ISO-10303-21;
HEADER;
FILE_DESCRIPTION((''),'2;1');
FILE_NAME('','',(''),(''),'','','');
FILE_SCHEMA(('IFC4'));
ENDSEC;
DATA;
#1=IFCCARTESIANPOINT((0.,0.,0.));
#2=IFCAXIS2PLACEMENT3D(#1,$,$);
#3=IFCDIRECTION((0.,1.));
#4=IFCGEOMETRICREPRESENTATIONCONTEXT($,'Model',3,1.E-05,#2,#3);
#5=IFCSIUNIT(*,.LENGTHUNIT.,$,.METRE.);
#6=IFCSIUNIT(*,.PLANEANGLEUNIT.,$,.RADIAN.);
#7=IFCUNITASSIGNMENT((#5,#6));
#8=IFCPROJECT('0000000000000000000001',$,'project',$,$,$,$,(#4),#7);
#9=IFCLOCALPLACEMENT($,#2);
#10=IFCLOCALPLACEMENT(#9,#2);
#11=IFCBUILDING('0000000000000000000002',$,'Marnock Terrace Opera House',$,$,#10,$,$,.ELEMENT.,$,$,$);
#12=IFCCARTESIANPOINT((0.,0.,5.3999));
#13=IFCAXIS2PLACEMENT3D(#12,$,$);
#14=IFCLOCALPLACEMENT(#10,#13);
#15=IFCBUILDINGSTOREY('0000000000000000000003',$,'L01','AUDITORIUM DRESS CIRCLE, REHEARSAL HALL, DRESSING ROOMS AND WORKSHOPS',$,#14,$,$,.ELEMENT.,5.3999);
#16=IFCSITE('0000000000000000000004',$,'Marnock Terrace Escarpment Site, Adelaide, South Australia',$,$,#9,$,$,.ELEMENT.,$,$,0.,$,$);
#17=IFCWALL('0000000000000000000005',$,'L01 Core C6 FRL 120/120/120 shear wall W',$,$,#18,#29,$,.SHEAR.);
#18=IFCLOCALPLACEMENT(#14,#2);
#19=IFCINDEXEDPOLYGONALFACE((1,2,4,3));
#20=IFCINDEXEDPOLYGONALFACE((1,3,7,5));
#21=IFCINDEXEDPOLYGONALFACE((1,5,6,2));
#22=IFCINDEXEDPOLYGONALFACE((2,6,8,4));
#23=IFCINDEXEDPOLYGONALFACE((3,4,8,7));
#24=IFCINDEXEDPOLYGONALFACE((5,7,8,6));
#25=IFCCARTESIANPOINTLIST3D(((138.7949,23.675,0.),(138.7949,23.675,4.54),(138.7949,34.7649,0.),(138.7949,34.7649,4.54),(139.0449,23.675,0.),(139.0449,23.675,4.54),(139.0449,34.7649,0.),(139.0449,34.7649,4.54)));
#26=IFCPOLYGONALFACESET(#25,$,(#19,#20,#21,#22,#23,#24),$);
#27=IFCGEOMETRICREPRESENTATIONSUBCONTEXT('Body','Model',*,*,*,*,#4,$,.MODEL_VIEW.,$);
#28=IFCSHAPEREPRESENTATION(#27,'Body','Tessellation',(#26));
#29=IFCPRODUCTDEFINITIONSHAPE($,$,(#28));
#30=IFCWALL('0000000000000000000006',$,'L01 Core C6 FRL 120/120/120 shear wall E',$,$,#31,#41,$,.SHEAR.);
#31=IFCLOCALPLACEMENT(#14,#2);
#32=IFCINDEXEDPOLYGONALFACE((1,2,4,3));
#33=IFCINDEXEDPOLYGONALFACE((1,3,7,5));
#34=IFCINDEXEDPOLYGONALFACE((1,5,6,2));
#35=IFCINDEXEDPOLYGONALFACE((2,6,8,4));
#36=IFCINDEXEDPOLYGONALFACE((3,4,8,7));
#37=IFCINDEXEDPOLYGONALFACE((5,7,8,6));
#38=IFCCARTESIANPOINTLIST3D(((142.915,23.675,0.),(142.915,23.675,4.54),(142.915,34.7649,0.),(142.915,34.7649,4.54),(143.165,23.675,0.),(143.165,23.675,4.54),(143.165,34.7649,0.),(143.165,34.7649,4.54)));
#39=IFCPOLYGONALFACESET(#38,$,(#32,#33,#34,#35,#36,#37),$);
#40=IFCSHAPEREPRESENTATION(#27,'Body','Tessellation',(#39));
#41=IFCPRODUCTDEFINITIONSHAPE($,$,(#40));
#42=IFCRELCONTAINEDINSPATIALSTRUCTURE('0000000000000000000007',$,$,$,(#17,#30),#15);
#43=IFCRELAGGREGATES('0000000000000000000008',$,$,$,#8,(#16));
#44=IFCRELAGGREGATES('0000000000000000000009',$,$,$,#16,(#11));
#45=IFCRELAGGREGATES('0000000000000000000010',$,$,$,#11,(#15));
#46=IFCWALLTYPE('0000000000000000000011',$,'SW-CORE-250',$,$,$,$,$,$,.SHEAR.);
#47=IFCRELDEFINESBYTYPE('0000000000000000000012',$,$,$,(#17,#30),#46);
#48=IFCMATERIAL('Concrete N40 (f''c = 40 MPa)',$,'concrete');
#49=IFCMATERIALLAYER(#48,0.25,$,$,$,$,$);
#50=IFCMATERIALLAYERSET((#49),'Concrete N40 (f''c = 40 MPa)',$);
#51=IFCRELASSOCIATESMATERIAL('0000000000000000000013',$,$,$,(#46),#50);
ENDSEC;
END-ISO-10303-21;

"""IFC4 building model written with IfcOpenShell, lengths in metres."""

from ifc_helpers import new_model, si_unit, direction, frame, frame_2d, origin, place, context, subcontext, project, spatial, rectangle, extrude, material, layer, layer_set, type_object, element, save


model = new_model("IFC4")

# Units and contexts
model_context = context("Model", 3, precision=1e-05, world=origin(), true_north=direction((0.0, 1.0)))
body_context = subcontext(model_context, "Body", "Model", "MODEL_VIEW")
ifc_project = project(units=[si_unit("LENGTHUNIT", "METRE"), si_unit("PLANEANGLEUNIT", "RADIAN")], contexts=[model_context])

# Site, building, storey
site_placement = place(None, origin())
site = spatial("IfcSite", under=ifc_project, at=site_placement, Name="Marnock Terrace Escarpment Site, Adelaide, South Australia", CompositionType="ELEMENT", RefElevation=0.0)
building_placement = place(site_placement, origin())
building = spatial("IfcBuilding", under=site, at=building_placement, Name="Marnock Terrace Opera House", CompositionType="ELEMENT")
storey_placement = place(building_placement, frame((0.0, 0.0, 5.3999)))
storey = spatial("IfcBuildingStorey", under=building, at=storey_placement, Name="L01", Description="AUDITORIUM DRESS CIRCLE, REHEARSAL HALL, DRESSING ROOMS AND WORKSHOPS", CompositionType="ELEMENT", Elevation=5.3999)

# Shared definitions
ifc_material_1 = material(Name="Concrete N40 (f'c = 40 MPa)", Category="concrete")

# Shared definitions
ifc_layer_1 = layer(ifc_material_1, 0.25)
ifc_layer_set_1 = layer_set([ifc_layer_1], Name="Concrete N40 (f'c = 40 MPa)")
wall_type_1 = type_object("IfcWallType", Name="SW-CORE-250", PredefinedType="SHEAR", material=ifc_layer_set_1)

# Walls
for number, where, z_axis, x_axis, name in (
    (1, (138.9199, 23.675, 0.0), (0.0, 0.0, 1.0), (0.0, 1.0, 0.0), "L01 Core C6 FRL 120/120/120 shear wall W"),
    (2, (143.04, 23.675, 0.0), (0.0, 0.0, 1.0), (0.0, 1.0, 0.0), "L01 Core C6 FRL 120/120/120 shear wall E"),
):
    element("IfcWall", number, at=place(storey_placement, frame(where, z_axis=z_axis, x_axis=x_axis)), inside=storey, type_object=wall_type_1, Name=name, PredefinedType="SHEAR", context=body_context, shape_type="SweptSolid", body=[
        extrude(rectangle(XDim=11.0898, YDim=0.25, at=frame_2d((5.5449, 0.0))), origin(), (0.0, 0.0, 1.0), 4.54),
    ])

save(model, "model.ifc")
